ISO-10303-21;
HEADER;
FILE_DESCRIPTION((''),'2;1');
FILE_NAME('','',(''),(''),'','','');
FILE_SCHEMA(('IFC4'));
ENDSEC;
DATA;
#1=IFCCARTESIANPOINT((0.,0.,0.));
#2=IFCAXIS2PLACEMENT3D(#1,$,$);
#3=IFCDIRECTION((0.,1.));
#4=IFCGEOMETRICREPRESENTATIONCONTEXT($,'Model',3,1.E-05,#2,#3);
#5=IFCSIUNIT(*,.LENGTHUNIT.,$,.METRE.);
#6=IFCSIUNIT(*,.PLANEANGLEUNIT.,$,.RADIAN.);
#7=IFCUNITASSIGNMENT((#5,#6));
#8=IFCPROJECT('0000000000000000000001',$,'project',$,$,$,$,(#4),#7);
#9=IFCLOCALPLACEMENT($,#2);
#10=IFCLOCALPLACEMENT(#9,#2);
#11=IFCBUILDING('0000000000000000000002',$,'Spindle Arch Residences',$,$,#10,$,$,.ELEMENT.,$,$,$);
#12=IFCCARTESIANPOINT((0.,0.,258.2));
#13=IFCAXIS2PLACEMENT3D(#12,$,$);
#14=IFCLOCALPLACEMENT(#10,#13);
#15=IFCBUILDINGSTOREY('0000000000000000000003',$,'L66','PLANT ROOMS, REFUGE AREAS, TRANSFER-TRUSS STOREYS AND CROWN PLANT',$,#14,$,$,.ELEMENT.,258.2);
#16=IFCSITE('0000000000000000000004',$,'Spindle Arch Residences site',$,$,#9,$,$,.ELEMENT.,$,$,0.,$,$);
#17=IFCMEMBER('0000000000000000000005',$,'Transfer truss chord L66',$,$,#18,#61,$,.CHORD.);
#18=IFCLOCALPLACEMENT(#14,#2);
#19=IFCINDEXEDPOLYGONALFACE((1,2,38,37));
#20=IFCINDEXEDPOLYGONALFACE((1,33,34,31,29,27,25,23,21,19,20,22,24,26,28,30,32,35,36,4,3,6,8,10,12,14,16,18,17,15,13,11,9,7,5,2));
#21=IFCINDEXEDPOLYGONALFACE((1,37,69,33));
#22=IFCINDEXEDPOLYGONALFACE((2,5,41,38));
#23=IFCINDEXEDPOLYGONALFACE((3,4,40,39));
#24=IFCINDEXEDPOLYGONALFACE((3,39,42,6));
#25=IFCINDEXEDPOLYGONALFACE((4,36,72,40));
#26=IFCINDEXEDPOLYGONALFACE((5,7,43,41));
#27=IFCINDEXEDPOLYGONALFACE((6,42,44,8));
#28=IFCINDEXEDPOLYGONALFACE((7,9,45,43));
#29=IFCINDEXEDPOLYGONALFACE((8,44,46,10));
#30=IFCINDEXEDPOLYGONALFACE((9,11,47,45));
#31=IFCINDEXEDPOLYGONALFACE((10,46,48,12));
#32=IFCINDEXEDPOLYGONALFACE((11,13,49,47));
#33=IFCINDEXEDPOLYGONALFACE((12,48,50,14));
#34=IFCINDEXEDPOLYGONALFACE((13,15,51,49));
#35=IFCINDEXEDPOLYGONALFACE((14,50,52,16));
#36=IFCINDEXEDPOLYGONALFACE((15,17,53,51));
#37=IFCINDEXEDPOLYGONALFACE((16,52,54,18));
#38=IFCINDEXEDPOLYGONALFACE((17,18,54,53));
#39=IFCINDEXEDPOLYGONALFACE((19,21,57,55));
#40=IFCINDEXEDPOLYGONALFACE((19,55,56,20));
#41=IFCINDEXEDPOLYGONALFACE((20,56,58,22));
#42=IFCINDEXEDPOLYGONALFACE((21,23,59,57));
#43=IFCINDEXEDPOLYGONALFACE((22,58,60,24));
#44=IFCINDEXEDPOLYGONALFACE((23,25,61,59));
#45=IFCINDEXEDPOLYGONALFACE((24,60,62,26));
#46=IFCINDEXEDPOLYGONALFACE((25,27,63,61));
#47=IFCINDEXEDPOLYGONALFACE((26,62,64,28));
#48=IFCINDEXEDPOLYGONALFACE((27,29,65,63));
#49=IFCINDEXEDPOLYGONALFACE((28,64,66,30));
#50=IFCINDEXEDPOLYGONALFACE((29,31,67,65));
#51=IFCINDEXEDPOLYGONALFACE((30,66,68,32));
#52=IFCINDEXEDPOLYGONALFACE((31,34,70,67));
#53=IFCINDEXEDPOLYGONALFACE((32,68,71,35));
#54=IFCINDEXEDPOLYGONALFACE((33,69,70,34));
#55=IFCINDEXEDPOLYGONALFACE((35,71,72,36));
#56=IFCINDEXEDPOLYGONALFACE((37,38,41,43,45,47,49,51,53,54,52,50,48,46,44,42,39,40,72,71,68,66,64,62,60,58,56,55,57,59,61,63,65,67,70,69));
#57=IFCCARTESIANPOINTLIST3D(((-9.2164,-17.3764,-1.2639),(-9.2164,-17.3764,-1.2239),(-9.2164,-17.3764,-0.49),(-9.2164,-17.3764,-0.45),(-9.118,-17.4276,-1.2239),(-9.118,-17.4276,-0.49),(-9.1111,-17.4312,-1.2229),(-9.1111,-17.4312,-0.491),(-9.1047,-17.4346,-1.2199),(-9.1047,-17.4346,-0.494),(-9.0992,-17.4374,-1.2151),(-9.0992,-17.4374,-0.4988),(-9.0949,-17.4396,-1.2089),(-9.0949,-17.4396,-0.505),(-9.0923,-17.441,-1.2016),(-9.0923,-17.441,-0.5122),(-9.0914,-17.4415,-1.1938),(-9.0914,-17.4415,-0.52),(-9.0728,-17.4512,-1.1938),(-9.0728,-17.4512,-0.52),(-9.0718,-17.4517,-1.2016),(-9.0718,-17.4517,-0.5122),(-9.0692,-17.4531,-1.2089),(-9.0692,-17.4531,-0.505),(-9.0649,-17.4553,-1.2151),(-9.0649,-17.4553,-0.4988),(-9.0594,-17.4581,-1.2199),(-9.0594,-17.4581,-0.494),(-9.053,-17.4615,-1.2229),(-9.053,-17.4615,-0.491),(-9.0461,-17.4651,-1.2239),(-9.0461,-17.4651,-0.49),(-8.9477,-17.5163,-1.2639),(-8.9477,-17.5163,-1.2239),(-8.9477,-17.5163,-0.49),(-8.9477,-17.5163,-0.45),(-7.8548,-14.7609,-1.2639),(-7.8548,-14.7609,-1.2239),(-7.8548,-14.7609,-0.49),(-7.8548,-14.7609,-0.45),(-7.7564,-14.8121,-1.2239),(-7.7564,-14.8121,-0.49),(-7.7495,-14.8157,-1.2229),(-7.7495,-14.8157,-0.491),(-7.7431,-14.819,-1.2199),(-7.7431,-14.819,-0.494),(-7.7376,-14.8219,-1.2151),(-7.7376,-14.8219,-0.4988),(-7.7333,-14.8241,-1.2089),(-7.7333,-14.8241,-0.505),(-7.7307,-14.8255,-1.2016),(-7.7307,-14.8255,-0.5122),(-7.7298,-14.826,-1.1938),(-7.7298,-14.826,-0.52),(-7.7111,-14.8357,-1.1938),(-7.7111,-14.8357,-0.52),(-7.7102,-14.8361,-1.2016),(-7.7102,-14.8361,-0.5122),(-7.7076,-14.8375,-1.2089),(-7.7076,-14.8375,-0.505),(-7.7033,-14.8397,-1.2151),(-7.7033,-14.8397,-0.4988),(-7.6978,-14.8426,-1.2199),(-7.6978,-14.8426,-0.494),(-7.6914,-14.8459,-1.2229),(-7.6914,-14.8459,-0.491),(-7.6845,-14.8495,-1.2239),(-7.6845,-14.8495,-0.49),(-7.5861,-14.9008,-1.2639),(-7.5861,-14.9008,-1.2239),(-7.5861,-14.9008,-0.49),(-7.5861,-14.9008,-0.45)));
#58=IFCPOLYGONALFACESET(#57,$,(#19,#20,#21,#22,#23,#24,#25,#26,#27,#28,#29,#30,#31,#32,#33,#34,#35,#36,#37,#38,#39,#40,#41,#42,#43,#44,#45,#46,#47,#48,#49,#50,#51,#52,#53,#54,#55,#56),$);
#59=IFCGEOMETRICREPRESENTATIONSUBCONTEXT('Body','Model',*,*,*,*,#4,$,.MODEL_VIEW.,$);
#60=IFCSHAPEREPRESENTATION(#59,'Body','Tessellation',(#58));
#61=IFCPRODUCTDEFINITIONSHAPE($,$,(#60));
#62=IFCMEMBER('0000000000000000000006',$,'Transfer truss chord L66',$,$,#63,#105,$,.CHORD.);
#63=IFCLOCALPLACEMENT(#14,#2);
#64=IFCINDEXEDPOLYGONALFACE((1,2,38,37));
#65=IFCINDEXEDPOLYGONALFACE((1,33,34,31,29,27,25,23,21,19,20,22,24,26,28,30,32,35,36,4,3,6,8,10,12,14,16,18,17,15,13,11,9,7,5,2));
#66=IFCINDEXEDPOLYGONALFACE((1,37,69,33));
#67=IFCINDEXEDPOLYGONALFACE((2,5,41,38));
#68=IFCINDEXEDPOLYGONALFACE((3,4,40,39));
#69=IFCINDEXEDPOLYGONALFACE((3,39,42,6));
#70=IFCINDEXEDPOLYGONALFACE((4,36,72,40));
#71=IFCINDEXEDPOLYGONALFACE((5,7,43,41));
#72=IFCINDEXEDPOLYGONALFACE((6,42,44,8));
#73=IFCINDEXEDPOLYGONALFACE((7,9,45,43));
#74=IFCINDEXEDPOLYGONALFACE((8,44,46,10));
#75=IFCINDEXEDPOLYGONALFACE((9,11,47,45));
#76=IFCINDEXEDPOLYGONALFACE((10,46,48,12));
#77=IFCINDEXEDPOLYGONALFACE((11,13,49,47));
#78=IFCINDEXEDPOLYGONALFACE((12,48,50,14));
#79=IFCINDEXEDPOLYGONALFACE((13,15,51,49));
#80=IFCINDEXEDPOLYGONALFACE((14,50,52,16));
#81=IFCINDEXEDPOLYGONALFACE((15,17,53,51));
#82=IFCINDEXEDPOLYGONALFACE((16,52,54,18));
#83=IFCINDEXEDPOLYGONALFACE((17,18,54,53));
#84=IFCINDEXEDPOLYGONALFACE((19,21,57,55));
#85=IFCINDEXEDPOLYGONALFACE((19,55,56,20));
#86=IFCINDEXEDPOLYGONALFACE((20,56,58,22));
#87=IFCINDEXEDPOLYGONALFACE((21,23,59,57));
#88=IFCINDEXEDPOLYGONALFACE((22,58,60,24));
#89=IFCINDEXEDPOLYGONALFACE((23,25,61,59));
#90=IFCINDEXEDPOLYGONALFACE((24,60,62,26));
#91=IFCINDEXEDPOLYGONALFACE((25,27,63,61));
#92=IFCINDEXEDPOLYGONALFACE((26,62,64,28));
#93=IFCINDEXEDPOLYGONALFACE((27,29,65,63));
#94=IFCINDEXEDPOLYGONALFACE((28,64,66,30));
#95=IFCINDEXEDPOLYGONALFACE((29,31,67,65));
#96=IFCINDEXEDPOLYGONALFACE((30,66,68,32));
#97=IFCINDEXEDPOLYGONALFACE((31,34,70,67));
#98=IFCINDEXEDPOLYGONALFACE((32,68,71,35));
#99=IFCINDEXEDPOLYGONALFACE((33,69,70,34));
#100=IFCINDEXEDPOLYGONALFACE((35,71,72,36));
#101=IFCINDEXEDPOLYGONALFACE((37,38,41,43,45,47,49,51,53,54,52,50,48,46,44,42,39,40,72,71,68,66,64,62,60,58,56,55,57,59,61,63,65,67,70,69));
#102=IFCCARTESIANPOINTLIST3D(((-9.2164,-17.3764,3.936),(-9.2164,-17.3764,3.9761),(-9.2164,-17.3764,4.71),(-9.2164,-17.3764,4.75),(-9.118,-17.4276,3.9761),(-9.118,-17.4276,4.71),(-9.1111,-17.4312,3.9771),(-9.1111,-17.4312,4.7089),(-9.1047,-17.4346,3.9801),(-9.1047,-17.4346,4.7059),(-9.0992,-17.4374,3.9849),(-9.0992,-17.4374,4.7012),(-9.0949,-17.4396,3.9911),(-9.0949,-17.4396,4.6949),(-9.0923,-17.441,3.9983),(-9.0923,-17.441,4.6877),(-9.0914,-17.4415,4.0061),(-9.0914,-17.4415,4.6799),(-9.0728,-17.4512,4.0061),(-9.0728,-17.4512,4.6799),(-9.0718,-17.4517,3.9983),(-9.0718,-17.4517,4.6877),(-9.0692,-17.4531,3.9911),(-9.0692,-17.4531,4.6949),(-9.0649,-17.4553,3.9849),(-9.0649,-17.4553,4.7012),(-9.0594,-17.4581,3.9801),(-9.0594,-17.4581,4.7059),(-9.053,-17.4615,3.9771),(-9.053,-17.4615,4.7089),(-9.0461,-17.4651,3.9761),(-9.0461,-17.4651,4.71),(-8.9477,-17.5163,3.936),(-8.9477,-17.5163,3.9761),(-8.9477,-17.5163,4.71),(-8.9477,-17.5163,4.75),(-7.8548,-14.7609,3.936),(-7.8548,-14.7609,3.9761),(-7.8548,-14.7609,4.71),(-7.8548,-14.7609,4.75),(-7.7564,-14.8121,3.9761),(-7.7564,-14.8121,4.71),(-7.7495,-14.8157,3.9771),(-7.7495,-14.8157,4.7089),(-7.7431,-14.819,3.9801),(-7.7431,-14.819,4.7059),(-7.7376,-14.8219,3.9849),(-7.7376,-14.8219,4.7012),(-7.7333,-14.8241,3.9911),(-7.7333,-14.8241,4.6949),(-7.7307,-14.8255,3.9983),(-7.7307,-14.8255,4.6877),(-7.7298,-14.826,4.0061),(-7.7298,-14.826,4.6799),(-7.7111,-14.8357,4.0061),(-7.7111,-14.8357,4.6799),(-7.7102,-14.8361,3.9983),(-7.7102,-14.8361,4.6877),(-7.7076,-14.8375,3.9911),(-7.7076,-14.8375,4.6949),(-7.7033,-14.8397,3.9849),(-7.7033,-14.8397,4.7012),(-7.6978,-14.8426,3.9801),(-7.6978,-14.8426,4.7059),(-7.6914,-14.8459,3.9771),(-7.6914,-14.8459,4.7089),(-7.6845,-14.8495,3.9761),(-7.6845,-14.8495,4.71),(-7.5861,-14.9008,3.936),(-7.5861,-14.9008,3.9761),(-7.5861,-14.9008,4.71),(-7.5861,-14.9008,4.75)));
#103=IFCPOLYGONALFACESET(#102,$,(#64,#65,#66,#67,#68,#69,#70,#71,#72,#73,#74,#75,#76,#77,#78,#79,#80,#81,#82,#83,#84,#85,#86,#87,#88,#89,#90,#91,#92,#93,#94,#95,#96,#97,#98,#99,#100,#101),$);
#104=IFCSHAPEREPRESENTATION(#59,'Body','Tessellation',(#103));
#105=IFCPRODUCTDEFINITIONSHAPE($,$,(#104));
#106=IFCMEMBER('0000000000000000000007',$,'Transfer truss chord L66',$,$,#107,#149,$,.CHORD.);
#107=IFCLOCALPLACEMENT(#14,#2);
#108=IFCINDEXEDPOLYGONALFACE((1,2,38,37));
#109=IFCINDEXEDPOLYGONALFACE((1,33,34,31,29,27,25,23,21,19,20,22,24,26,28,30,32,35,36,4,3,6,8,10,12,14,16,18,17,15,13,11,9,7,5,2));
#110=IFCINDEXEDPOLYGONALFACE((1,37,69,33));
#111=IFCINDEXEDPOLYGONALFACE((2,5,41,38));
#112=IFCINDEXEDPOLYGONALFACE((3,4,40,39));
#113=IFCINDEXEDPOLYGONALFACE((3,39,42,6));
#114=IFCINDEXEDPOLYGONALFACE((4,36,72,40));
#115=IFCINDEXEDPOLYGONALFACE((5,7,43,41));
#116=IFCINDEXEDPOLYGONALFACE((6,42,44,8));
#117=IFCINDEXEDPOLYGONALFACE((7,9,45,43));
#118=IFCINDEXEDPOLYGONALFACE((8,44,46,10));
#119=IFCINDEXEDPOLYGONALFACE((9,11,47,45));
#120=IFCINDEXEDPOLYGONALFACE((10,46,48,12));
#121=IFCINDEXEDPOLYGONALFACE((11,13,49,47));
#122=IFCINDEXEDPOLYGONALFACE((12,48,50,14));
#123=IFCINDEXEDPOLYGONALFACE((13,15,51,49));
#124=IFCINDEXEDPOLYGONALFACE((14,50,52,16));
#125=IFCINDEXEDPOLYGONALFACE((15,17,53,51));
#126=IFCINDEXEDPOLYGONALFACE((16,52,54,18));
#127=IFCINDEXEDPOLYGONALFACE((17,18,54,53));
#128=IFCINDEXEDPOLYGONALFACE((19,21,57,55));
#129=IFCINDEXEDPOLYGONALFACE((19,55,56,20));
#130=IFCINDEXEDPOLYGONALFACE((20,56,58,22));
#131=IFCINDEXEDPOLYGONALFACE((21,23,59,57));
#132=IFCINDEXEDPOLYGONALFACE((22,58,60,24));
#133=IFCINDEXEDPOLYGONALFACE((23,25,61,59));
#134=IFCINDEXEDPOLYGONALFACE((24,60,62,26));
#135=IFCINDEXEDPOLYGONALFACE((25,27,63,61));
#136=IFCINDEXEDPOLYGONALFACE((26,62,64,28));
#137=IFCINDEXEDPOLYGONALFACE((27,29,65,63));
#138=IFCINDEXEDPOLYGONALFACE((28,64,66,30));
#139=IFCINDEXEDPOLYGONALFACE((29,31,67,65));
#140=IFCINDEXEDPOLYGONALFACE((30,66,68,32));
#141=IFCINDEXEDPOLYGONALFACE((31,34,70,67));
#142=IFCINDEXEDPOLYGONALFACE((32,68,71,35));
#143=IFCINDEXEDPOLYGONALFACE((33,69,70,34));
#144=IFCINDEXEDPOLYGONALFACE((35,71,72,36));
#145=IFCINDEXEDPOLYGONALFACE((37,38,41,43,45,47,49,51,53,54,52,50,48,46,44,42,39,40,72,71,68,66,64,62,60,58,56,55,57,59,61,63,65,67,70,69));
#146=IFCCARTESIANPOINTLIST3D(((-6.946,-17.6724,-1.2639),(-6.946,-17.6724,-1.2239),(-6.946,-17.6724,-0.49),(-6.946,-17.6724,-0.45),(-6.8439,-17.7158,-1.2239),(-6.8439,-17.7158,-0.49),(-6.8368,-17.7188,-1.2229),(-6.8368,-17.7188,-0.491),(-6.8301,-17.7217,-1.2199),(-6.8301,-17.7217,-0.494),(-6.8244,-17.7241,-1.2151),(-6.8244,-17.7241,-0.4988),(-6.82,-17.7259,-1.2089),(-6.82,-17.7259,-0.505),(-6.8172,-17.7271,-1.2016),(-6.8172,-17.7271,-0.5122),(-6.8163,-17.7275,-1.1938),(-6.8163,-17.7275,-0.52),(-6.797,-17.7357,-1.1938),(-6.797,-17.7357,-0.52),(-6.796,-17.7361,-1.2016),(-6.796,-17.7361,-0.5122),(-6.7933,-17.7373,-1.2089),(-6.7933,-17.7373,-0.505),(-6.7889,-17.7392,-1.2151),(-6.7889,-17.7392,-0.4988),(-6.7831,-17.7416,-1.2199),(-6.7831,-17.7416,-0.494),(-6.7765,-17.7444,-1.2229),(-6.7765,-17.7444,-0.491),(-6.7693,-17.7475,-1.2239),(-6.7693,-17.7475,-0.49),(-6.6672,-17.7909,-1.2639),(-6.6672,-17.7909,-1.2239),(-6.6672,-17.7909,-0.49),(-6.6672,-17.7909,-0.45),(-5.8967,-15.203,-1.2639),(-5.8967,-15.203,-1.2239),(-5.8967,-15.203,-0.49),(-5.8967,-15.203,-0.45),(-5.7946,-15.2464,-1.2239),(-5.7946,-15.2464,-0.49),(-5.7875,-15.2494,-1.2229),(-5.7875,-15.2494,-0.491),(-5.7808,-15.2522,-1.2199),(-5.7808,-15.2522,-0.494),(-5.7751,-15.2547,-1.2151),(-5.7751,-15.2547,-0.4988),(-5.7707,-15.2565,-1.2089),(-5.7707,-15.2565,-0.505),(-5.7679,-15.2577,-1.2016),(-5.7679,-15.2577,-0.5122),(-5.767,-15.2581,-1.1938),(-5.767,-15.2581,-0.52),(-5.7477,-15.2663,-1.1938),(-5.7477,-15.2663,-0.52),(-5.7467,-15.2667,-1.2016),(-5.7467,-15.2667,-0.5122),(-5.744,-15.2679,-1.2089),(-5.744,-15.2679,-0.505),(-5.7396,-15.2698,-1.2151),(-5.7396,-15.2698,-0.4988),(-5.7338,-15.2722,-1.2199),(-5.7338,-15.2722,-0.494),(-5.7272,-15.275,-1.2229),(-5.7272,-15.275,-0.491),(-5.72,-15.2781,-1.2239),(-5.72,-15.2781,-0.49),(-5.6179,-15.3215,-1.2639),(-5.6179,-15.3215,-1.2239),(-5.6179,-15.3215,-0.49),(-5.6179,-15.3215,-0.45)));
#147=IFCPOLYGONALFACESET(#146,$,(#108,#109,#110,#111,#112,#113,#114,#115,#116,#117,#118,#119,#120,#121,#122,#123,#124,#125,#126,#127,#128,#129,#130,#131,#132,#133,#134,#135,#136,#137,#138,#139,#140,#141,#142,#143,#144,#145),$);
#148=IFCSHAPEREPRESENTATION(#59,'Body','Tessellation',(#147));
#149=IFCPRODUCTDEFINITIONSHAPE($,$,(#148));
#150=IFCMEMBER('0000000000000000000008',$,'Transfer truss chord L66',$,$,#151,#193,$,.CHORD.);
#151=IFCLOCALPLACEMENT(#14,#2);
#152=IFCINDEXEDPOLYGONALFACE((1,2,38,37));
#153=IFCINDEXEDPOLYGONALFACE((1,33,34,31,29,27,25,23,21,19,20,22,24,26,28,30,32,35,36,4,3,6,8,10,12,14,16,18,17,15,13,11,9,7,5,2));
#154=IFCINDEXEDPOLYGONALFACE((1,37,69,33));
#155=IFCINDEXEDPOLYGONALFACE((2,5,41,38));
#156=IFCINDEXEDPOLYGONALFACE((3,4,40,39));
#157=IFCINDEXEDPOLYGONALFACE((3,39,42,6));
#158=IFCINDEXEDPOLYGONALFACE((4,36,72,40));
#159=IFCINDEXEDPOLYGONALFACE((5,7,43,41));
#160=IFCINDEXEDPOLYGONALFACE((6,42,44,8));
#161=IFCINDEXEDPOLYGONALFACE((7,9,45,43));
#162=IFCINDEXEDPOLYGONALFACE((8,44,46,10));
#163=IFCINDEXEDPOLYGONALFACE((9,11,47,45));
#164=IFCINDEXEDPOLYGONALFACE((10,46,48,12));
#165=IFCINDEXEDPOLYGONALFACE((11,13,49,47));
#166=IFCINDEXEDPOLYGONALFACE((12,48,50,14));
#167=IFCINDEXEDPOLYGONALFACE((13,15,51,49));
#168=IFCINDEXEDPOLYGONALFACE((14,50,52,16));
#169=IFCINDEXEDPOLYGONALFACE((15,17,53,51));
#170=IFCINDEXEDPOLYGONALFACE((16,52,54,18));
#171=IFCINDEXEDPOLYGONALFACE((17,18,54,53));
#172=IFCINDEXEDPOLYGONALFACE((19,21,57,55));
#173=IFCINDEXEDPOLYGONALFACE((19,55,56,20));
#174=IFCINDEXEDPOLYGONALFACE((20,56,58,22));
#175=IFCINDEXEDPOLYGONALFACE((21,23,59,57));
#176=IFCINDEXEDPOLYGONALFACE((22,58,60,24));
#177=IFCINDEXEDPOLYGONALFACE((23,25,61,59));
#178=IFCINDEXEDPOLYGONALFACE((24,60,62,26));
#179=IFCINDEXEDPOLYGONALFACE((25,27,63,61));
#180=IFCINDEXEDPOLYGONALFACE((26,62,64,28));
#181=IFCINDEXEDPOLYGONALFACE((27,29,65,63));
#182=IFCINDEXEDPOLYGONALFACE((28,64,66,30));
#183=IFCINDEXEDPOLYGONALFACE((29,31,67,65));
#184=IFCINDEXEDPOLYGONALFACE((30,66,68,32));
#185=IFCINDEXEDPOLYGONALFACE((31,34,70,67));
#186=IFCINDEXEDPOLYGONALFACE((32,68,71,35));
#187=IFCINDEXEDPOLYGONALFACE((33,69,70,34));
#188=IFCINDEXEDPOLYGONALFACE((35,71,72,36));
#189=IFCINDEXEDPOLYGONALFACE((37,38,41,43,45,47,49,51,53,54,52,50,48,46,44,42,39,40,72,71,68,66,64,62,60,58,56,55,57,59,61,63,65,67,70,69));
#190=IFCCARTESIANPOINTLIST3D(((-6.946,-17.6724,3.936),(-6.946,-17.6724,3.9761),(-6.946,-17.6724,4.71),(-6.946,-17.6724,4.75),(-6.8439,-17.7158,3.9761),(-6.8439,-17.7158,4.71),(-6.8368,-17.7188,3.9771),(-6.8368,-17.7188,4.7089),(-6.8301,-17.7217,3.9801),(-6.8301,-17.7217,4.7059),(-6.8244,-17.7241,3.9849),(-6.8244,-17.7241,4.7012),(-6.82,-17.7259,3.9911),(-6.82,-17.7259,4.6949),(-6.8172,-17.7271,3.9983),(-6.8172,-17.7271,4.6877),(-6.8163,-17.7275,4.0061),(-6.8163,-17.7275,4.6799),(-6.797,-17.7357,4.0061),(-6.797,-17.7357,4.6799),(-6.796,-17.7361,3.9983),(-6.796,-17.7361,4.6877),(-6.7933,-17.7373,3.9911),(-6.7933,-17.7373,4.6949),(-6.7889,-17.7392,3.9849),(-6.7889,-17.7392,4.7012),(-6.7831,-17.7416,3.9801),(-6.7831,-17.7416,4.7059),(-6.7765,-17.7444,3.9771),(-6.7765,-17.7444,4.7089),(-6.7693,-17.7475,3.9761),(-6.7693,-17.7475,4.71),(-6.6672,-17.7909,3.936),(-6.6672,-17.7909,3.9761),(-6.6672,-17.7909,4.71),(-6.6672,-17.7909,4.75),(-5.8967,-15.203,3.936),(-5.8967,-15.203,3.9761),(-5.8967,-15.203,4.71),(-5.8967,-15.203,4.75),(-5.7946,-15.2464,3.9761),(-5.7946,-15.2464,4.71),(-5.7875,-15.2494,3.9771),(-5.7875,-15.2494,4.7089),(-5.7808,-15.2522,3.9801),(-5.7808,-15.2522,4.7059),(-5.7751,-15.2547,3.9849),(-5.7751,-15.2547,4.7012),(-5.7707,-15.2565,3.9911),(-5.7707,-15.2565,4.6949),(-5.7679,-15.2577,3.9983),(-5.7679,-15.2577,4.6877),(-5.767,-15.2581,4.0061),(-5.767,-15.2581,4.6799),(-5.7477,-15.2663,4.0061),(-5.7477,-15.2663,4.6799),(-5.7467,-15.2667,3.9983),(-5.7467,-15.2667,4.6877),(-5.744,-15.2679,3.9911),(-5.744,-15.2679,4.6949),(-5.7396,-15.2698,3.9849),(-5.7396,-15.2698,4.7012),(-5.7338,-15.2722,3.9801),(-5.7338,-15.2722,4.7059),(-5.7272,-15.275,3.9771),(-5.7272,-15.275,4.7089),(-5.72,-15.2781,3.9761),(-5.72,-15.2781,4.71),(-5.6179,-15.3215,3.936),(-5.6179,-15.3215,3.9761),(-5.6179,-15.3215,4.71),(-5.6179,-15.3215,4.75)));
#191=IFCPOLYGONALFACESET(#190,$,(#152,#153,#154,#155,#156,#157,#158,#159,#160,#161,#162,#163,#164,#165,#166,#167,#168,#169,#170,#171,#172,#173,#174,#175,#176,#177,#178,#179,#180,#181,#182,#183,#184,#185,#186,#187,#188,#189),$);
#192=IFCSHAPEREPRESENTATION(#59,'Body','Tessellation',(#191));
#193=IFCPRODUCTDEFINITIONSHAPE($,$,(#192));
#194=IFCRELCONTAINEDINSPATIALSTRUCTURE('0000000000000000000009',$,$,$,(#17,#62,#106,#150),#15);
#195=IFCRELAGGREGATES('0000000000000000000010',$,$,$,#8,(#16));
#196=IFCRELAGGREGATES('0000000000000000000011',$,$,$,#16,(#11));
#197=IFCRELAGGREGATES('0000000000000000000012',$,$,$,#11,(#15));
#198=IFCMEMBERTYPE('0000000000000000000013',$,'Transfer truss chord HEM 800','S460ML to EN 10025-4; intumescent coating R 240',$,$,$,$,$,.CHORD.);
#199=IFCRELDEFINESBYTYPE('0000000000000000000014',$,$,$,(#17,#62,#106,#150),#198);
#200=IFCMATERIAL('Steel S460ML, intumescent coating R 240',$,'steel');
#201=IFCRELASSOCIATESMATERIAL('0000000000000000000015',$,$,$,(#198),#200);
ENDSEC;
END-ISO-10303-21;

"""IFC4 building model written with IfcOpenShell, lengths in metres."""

from ifc_helpers import new_model, si_unit, direction, frame, origin, origin_2d, place, context, subcontext, project, spatial, i_section, extrude, material, material_profile, profile_set, type_object, element, save


model = new_model("IFC4")

# Units and contexts
model_context = context("Model", 3, precision=1e-05, world=origin(), true_north=direction((0.0, 1.0)))
body_context = subcontext(model_context, "Body", "Model", "MODEL_VIEW")
ifc_project = project(units=[si_unit("LENGTHUNIT", "METRE"), si_unit("PLANEANGLEUNIT", "RADIAN")], contexts=[model_context])

# Site, building, storey
site_placement = place(None, origin())
site = spatial("IfcSite", under=ifc_project, at=site_placement, Name="Spindle Arch Residences site", CompositionType="ELEMENT", RefElevation=0.0)
building_placement = place(site_placement, origin())
building = spatial("IfcBuilding", under=site, at=building_placement, Name="Spindle Arch Residences", CompositionType="ELEMENT")
storey_placement = place(building_placement, frame((0.0, 0.0, 258.2)))
storey = spatial("IfcBuildingStorey", under=building, at=storey_placement, Name="L66", Description="PLANT ROOMS, REFUGE AREAS, TRANSFER-TRUSS STOREYS AND CROWN PLANT", CompositionType="ELEMENT", Elevation=258.2)

# Members
ifc_material_1 = material(Name="Steel S460ML, intumescent coating R 240", Category="steel")
ifc_material_profile_1 = material_profile(ifc_material_1, i_section(OverallWidth=0.303, OverallDepth=0.814, WebThickness=0.021, FlangeThickness=0.04, FilletRadius=0.03, at=origin_2d()), Name="HEM 800")
ifc_profile_set_1 = profile_set([ifc_material_profile_1], Name="Steel S460ML, intumescent coating R 240")
member_type_1 = type_object("IfcMemberType", Name="Transfer truss chord HEM 800", Description="S460ML to EN 10025-4; intumescent coating R 240", PredefinedType="CHORD", material=ifc_profile_set_1)
for number, where, z_axis, x_axis, name in (
    (1, (-7.7205, -14.8308, -0.8569), (-0.461759, -0.887005, 0.0), (0.887005, -0.461759, 0.0), "Transfer truss chord L66"),
    (2, (-7.7205, -14.8308, 4.343), (-0.461759, -0.887005, 0.0), (0.887005, -0.461759, 0.0), "Transfer truss chord L66"),
):
    element("IfcMember", number, at=place(storey_placement, frame(where, z_axis=z_axis, x_axis=x_axis)), inside=storey, type_object=member_type_1, Name=name, PredefinedType="CHORD", context=body_context, shape_type="SweptSolid", body=[
        extrude(i_section(OverallWidth=0.303, OverallDepth=0.814, WebThickness=0.021, FlangeThickness=0.04, FilletRadius=0.03, at=origin_2d()), origin(), (0.0, 0.0, 1.0), 2.9487),
    ])
for number, where, z_axis, x_axis, name in (
    (3, (-5.7573, -15.2622, -0.8569), (-0.391073, -0.92036, 0.0), (0.92036, -0.391073, 0.0), "Transfer truss chord L66"),
    (4, (-5.7573, -15.2622, 4.343), (-0.391073, -0.92036, 0.0), (0.92036, -0.391073, 0.0), "Transfer truss chord L66"),
):
    element("IfcMember", number, at=place(storey_placement, frame(where, z_axis=z_axis, x_axis=x_axis)), inside=storey, type_object=member_type_1, Name=name, PredefinedType="CHORD", context=body_context, shape_type="SweptSolid", body=[
        extrude(i_section(OverallWidth=0.303, OverallDepth=0.814, WebThickness=0.021, FlangeThickness=0.04, FilletRadius=0.03, at=origin_2d()), origin(), (0.0, 0.0, 1.0), 2.6831),
    ])

save(model, "model.ifc")
